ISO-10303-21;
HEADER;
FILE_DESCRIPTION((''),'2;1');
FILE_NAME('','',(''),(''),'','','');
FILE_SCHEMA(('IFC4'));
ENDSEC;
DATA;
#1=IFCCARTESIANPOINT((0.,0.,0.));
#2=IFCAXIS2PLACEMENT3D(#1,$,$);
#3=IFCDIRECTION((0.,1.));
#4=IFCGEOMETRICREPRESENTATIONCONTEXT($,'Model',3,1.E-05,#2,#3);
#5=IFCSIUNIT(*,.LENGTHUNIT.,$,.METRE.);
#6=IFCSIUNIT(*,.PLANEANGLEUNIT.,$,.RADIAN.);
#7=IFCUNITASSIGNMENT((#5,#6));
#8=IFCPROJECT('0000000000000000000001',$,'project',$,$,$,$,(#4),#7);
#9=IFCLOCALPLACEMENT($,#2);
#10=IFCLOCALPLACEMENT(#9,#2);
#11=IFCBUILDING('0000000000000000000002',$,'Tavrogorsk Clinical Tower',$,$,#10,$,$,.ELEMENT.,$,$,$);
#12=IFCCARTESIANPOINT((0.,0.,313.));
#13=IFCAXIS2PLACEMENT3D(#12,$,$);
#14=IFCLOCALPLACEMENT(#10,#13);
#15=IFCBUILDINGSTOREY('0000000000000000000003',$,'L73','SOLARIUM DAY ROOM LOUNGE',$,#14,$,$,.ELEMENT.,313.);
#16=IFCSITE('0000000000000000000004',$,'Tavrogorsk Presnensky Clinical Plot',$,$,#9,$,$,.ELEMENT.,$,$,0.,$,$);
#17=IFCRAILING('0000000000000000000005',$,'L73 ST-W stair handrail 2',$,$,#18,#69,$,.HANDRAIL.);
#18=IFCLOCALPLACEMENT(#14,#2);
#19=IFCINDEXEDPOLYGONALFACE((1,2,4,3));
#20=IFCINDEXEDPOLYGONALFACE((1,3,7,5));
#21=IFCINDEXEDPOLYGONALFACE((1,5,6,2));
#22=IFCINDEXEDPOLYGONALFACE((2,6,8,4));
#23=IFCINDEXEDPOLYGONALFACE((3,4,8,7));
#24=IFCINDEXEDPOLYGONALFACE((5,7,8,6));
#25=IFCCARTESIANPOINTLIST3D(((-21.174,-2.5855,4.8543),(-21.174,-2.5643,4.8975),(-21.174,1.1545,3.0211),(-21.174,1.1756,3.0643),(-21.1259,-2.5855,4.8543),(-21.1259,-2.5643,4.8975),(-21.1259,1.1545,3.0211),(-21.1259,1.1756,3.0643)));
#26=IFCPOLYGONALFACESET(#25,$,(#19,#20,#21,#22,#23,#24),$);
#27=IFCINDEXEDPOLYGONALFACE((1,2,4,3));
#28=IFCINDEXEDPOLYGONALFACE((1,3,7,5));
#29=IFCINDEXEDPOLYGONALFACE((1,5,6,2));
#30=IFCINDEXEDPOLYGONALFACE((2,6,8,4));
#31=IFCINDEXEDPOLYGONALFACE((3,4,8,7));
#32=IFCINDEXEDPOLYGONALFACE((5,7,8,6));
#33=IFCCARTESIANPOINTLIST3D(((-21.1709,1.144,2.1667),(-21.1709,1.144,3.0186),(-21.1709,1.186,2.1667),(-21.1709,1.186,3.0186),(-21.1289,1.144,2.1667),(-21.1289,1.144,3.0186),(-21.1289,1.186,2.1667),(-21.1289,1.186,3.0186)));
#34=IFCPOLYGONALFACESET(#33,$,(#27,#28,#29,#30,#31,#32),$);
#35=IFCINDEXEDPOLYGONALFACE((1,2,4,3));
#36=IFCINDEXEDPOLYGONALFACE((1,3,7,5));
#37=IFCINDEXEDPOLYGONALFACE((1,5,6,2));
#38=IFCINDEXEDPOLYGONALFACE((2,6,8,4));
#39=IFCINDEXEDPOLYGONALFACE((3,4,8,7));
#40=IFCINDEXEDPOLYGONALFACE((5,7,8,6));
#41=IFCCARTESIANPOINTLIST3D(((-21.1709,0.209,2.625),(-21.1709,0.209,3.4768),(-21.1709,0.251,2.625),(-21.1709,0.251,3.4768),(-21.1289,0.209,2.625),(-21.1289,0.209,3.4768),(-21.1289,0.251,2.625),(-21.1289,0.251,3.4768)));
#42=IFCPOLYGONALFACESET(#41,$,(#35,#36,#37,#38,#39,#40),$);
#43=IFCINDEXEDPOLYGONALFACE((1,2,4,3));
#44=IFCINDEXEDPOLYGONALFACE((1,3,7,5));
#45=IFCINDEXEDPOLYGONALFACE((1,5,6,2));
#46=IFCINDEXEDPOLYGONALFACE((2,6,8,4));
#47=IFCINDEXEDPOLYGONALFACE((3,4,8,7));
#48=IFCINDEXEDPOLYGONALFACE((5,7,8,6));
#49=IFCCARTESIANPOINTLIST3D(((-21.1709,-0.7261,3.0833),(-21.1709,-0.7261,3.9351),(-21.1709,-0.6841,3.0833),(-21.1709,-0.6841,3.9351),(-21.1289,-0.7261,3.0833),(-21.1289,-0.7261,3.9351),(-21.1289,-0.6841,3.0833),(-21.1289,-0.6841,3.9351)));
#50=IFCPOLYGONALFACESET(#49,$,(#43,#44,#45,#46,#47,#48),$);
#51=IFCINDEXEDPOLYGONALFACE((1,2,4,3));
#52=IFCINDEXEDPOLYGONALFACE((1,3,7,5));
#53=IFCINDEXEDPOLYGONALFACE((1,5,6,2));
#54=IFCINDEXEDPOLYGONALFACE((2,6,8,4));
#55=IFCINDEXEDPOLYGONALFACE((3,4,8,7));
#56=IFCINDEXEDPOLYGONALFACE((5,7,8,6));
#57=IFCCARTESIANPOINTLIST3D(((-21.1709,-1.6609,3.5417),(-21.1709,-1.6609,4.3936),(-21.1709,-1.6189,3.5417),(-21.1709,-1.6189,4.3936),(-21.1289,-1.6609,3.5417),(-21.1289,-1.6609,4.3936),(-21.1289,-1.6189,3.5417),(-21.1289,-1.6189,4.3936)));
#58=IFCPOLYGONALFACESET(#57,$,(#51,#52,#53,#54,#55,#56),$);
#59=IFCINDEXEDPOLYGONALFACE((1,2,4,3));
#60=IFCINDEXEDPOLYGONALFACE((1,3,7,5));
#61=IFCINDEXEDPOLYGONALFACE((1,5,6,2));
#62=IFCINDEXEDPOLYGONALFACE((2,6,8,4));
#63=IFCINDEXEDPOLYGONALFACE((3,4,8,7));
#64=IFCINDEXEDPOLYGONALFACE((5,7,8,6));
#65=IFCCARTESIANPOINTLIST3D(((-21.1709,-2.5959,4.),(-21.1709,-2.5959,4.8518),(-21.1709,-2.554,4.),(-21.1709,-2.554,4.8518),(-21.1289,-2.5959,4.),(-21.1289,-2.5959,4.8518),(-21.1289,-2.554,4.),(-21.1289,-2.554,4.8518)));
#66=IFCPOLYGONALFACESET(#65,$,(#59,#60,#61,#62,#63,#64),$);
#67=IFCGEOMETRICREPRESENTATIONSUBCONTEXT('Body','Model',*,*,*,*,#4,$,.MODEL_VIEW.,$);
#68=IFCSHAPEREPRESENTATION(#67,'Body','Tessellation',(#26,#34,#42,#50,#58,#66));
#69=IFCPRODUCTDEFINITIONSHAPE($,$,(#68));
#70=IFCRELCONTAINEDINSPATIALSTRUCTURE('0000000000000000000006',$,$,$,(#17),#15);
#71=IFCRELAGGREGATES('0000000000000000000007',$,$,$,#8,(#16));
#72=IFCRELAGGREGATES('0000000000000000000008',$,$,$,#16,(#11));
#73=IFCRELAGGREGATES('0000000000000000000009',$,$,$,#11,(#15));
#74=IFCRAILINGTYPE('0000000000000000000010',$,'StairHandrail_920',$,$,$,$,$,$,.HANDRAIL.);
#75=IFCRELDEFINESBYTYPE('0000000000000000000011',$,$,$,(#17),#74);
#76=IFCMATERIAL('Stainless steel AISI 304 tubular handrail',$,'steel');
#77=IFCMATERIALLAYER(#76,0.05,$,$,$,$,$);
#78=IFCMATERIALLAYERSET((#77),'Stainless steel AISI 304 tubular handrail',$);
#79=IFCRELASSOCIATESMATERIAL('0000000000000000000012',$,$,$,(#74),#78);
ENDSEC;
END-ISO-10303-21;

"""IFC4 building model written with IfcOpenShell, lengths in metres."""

from ifc_helpers import new_model, si_unit, direction, frame, origin, origin_2d, place, context, subcontext, project, spatial, rectangle, extrude, material, layer, layer_set, type_object, element, save


model = new_model("IFC4")

# Units and contexts
model_context = context("Model", 3, precision=1e-05, world=origin(), true_north=direction((0.0, 1.0)))
body_context = subcontext(model_context, "Body", "Model", "MODEL_VIEW")
ifc_project = project(units=[si_unit("LENGTHUNIT", "METRE"), si_unit("PLANEANGLEUNIT", "RADIAN")], contexts=[model_context])

# Site, building, storey
site_placement = place(None, origin())
site = spatial("IfcSite", under=ifc_project, at=site_placement, Name="Tavrogorsk Presnensky Clinical Plot", CompositionType="ELEMENT", RefElevation=0.0)
building_placement = place(site_placement, origin())
building = spatial("IfcBuilding", under=site, at=building_placement, Name="Tavrogorsk Clinical Tower", CompositionType="ELEMENT")
storey_placement = place(building_placement, frame((0.0, 0.0, 313.0)))
storey = spatial("IfcBuildingStorey", under=building, at=storey_placement, Name="L73", Description="SOLARIUM DAY ROOM LOUNGE", CompositionType="ELEMENT", Elevation=313.0)

# Railing
ifc_material_1 = material(Name="Stainless steel AISI 304 tubular handrail", Category="steel")
ifc_layer_1 = layer(ifc_material_1, 0.05)
ifc_layer_set_1 = layer_set([ifc_layer_1], Name="Stainless steel AISI 304 tubular handrail")
railing_type_1 = type_object("IfcRailingType", Name="StairHandrail_920", PredefinedType="HANDRAIL", material=ifc_layer_set_1)
railing_1_placement = place(storey_placement, frame((-21.1499, 1.165, 2.1667)))
element("IfcRailing", 1, at=railing_1_placement, inside=storey, type_object=railing_type_1, Name="L73 ST-W stair handrail 2", PredefinedType="HANDRAIL", context=body_context, shape_type="SweptSolid", body=[
    extrude(rectangle(XDim=0.0481, YDim=0.0481, at=origin_2d()), frame((0.0, 0.0, 0.876), z_axis=(0.0, -0.897928, 0.440142), x_axis=(1.0, 0.0, 0.0)), (0.0, 0.0, 1.0), 4.165),
    extrude(rectangle(XDim=0.042, YDim=0.042, at=origin_2d()), origin(), (0.0, 0.0, 1.0), 0.8518),
    extrude(rectangle(XDim=0.042, YDim=0.042, at=origin_2d()), frame((0.0, -0.9351, 0.4583)), (0.0, 0.0, 1.0), 0.8518),
    extrude(rectangle(XDim=0.042, YDim=0.042, at=origin_2d()), frame((0.0, -1.8701, 0.9165)), (0.0, 0.0, 1.0), 0.8518),
    extrude(rectangle(XDim=0.042, YDim=0.042, at=origin_2d()), frame((0.0, -2.8049, 1.375)), (0.0, 0.0, 1.0), 0.8518),
    extrude(rectangle(XDim=0.042, YDim=0.042, at=origin_2d()), frame((0.0, -3.74, 1.8333)), (0.0, 0.0, 1.0), 0.8518),
])

save(model, "model.ifc")
